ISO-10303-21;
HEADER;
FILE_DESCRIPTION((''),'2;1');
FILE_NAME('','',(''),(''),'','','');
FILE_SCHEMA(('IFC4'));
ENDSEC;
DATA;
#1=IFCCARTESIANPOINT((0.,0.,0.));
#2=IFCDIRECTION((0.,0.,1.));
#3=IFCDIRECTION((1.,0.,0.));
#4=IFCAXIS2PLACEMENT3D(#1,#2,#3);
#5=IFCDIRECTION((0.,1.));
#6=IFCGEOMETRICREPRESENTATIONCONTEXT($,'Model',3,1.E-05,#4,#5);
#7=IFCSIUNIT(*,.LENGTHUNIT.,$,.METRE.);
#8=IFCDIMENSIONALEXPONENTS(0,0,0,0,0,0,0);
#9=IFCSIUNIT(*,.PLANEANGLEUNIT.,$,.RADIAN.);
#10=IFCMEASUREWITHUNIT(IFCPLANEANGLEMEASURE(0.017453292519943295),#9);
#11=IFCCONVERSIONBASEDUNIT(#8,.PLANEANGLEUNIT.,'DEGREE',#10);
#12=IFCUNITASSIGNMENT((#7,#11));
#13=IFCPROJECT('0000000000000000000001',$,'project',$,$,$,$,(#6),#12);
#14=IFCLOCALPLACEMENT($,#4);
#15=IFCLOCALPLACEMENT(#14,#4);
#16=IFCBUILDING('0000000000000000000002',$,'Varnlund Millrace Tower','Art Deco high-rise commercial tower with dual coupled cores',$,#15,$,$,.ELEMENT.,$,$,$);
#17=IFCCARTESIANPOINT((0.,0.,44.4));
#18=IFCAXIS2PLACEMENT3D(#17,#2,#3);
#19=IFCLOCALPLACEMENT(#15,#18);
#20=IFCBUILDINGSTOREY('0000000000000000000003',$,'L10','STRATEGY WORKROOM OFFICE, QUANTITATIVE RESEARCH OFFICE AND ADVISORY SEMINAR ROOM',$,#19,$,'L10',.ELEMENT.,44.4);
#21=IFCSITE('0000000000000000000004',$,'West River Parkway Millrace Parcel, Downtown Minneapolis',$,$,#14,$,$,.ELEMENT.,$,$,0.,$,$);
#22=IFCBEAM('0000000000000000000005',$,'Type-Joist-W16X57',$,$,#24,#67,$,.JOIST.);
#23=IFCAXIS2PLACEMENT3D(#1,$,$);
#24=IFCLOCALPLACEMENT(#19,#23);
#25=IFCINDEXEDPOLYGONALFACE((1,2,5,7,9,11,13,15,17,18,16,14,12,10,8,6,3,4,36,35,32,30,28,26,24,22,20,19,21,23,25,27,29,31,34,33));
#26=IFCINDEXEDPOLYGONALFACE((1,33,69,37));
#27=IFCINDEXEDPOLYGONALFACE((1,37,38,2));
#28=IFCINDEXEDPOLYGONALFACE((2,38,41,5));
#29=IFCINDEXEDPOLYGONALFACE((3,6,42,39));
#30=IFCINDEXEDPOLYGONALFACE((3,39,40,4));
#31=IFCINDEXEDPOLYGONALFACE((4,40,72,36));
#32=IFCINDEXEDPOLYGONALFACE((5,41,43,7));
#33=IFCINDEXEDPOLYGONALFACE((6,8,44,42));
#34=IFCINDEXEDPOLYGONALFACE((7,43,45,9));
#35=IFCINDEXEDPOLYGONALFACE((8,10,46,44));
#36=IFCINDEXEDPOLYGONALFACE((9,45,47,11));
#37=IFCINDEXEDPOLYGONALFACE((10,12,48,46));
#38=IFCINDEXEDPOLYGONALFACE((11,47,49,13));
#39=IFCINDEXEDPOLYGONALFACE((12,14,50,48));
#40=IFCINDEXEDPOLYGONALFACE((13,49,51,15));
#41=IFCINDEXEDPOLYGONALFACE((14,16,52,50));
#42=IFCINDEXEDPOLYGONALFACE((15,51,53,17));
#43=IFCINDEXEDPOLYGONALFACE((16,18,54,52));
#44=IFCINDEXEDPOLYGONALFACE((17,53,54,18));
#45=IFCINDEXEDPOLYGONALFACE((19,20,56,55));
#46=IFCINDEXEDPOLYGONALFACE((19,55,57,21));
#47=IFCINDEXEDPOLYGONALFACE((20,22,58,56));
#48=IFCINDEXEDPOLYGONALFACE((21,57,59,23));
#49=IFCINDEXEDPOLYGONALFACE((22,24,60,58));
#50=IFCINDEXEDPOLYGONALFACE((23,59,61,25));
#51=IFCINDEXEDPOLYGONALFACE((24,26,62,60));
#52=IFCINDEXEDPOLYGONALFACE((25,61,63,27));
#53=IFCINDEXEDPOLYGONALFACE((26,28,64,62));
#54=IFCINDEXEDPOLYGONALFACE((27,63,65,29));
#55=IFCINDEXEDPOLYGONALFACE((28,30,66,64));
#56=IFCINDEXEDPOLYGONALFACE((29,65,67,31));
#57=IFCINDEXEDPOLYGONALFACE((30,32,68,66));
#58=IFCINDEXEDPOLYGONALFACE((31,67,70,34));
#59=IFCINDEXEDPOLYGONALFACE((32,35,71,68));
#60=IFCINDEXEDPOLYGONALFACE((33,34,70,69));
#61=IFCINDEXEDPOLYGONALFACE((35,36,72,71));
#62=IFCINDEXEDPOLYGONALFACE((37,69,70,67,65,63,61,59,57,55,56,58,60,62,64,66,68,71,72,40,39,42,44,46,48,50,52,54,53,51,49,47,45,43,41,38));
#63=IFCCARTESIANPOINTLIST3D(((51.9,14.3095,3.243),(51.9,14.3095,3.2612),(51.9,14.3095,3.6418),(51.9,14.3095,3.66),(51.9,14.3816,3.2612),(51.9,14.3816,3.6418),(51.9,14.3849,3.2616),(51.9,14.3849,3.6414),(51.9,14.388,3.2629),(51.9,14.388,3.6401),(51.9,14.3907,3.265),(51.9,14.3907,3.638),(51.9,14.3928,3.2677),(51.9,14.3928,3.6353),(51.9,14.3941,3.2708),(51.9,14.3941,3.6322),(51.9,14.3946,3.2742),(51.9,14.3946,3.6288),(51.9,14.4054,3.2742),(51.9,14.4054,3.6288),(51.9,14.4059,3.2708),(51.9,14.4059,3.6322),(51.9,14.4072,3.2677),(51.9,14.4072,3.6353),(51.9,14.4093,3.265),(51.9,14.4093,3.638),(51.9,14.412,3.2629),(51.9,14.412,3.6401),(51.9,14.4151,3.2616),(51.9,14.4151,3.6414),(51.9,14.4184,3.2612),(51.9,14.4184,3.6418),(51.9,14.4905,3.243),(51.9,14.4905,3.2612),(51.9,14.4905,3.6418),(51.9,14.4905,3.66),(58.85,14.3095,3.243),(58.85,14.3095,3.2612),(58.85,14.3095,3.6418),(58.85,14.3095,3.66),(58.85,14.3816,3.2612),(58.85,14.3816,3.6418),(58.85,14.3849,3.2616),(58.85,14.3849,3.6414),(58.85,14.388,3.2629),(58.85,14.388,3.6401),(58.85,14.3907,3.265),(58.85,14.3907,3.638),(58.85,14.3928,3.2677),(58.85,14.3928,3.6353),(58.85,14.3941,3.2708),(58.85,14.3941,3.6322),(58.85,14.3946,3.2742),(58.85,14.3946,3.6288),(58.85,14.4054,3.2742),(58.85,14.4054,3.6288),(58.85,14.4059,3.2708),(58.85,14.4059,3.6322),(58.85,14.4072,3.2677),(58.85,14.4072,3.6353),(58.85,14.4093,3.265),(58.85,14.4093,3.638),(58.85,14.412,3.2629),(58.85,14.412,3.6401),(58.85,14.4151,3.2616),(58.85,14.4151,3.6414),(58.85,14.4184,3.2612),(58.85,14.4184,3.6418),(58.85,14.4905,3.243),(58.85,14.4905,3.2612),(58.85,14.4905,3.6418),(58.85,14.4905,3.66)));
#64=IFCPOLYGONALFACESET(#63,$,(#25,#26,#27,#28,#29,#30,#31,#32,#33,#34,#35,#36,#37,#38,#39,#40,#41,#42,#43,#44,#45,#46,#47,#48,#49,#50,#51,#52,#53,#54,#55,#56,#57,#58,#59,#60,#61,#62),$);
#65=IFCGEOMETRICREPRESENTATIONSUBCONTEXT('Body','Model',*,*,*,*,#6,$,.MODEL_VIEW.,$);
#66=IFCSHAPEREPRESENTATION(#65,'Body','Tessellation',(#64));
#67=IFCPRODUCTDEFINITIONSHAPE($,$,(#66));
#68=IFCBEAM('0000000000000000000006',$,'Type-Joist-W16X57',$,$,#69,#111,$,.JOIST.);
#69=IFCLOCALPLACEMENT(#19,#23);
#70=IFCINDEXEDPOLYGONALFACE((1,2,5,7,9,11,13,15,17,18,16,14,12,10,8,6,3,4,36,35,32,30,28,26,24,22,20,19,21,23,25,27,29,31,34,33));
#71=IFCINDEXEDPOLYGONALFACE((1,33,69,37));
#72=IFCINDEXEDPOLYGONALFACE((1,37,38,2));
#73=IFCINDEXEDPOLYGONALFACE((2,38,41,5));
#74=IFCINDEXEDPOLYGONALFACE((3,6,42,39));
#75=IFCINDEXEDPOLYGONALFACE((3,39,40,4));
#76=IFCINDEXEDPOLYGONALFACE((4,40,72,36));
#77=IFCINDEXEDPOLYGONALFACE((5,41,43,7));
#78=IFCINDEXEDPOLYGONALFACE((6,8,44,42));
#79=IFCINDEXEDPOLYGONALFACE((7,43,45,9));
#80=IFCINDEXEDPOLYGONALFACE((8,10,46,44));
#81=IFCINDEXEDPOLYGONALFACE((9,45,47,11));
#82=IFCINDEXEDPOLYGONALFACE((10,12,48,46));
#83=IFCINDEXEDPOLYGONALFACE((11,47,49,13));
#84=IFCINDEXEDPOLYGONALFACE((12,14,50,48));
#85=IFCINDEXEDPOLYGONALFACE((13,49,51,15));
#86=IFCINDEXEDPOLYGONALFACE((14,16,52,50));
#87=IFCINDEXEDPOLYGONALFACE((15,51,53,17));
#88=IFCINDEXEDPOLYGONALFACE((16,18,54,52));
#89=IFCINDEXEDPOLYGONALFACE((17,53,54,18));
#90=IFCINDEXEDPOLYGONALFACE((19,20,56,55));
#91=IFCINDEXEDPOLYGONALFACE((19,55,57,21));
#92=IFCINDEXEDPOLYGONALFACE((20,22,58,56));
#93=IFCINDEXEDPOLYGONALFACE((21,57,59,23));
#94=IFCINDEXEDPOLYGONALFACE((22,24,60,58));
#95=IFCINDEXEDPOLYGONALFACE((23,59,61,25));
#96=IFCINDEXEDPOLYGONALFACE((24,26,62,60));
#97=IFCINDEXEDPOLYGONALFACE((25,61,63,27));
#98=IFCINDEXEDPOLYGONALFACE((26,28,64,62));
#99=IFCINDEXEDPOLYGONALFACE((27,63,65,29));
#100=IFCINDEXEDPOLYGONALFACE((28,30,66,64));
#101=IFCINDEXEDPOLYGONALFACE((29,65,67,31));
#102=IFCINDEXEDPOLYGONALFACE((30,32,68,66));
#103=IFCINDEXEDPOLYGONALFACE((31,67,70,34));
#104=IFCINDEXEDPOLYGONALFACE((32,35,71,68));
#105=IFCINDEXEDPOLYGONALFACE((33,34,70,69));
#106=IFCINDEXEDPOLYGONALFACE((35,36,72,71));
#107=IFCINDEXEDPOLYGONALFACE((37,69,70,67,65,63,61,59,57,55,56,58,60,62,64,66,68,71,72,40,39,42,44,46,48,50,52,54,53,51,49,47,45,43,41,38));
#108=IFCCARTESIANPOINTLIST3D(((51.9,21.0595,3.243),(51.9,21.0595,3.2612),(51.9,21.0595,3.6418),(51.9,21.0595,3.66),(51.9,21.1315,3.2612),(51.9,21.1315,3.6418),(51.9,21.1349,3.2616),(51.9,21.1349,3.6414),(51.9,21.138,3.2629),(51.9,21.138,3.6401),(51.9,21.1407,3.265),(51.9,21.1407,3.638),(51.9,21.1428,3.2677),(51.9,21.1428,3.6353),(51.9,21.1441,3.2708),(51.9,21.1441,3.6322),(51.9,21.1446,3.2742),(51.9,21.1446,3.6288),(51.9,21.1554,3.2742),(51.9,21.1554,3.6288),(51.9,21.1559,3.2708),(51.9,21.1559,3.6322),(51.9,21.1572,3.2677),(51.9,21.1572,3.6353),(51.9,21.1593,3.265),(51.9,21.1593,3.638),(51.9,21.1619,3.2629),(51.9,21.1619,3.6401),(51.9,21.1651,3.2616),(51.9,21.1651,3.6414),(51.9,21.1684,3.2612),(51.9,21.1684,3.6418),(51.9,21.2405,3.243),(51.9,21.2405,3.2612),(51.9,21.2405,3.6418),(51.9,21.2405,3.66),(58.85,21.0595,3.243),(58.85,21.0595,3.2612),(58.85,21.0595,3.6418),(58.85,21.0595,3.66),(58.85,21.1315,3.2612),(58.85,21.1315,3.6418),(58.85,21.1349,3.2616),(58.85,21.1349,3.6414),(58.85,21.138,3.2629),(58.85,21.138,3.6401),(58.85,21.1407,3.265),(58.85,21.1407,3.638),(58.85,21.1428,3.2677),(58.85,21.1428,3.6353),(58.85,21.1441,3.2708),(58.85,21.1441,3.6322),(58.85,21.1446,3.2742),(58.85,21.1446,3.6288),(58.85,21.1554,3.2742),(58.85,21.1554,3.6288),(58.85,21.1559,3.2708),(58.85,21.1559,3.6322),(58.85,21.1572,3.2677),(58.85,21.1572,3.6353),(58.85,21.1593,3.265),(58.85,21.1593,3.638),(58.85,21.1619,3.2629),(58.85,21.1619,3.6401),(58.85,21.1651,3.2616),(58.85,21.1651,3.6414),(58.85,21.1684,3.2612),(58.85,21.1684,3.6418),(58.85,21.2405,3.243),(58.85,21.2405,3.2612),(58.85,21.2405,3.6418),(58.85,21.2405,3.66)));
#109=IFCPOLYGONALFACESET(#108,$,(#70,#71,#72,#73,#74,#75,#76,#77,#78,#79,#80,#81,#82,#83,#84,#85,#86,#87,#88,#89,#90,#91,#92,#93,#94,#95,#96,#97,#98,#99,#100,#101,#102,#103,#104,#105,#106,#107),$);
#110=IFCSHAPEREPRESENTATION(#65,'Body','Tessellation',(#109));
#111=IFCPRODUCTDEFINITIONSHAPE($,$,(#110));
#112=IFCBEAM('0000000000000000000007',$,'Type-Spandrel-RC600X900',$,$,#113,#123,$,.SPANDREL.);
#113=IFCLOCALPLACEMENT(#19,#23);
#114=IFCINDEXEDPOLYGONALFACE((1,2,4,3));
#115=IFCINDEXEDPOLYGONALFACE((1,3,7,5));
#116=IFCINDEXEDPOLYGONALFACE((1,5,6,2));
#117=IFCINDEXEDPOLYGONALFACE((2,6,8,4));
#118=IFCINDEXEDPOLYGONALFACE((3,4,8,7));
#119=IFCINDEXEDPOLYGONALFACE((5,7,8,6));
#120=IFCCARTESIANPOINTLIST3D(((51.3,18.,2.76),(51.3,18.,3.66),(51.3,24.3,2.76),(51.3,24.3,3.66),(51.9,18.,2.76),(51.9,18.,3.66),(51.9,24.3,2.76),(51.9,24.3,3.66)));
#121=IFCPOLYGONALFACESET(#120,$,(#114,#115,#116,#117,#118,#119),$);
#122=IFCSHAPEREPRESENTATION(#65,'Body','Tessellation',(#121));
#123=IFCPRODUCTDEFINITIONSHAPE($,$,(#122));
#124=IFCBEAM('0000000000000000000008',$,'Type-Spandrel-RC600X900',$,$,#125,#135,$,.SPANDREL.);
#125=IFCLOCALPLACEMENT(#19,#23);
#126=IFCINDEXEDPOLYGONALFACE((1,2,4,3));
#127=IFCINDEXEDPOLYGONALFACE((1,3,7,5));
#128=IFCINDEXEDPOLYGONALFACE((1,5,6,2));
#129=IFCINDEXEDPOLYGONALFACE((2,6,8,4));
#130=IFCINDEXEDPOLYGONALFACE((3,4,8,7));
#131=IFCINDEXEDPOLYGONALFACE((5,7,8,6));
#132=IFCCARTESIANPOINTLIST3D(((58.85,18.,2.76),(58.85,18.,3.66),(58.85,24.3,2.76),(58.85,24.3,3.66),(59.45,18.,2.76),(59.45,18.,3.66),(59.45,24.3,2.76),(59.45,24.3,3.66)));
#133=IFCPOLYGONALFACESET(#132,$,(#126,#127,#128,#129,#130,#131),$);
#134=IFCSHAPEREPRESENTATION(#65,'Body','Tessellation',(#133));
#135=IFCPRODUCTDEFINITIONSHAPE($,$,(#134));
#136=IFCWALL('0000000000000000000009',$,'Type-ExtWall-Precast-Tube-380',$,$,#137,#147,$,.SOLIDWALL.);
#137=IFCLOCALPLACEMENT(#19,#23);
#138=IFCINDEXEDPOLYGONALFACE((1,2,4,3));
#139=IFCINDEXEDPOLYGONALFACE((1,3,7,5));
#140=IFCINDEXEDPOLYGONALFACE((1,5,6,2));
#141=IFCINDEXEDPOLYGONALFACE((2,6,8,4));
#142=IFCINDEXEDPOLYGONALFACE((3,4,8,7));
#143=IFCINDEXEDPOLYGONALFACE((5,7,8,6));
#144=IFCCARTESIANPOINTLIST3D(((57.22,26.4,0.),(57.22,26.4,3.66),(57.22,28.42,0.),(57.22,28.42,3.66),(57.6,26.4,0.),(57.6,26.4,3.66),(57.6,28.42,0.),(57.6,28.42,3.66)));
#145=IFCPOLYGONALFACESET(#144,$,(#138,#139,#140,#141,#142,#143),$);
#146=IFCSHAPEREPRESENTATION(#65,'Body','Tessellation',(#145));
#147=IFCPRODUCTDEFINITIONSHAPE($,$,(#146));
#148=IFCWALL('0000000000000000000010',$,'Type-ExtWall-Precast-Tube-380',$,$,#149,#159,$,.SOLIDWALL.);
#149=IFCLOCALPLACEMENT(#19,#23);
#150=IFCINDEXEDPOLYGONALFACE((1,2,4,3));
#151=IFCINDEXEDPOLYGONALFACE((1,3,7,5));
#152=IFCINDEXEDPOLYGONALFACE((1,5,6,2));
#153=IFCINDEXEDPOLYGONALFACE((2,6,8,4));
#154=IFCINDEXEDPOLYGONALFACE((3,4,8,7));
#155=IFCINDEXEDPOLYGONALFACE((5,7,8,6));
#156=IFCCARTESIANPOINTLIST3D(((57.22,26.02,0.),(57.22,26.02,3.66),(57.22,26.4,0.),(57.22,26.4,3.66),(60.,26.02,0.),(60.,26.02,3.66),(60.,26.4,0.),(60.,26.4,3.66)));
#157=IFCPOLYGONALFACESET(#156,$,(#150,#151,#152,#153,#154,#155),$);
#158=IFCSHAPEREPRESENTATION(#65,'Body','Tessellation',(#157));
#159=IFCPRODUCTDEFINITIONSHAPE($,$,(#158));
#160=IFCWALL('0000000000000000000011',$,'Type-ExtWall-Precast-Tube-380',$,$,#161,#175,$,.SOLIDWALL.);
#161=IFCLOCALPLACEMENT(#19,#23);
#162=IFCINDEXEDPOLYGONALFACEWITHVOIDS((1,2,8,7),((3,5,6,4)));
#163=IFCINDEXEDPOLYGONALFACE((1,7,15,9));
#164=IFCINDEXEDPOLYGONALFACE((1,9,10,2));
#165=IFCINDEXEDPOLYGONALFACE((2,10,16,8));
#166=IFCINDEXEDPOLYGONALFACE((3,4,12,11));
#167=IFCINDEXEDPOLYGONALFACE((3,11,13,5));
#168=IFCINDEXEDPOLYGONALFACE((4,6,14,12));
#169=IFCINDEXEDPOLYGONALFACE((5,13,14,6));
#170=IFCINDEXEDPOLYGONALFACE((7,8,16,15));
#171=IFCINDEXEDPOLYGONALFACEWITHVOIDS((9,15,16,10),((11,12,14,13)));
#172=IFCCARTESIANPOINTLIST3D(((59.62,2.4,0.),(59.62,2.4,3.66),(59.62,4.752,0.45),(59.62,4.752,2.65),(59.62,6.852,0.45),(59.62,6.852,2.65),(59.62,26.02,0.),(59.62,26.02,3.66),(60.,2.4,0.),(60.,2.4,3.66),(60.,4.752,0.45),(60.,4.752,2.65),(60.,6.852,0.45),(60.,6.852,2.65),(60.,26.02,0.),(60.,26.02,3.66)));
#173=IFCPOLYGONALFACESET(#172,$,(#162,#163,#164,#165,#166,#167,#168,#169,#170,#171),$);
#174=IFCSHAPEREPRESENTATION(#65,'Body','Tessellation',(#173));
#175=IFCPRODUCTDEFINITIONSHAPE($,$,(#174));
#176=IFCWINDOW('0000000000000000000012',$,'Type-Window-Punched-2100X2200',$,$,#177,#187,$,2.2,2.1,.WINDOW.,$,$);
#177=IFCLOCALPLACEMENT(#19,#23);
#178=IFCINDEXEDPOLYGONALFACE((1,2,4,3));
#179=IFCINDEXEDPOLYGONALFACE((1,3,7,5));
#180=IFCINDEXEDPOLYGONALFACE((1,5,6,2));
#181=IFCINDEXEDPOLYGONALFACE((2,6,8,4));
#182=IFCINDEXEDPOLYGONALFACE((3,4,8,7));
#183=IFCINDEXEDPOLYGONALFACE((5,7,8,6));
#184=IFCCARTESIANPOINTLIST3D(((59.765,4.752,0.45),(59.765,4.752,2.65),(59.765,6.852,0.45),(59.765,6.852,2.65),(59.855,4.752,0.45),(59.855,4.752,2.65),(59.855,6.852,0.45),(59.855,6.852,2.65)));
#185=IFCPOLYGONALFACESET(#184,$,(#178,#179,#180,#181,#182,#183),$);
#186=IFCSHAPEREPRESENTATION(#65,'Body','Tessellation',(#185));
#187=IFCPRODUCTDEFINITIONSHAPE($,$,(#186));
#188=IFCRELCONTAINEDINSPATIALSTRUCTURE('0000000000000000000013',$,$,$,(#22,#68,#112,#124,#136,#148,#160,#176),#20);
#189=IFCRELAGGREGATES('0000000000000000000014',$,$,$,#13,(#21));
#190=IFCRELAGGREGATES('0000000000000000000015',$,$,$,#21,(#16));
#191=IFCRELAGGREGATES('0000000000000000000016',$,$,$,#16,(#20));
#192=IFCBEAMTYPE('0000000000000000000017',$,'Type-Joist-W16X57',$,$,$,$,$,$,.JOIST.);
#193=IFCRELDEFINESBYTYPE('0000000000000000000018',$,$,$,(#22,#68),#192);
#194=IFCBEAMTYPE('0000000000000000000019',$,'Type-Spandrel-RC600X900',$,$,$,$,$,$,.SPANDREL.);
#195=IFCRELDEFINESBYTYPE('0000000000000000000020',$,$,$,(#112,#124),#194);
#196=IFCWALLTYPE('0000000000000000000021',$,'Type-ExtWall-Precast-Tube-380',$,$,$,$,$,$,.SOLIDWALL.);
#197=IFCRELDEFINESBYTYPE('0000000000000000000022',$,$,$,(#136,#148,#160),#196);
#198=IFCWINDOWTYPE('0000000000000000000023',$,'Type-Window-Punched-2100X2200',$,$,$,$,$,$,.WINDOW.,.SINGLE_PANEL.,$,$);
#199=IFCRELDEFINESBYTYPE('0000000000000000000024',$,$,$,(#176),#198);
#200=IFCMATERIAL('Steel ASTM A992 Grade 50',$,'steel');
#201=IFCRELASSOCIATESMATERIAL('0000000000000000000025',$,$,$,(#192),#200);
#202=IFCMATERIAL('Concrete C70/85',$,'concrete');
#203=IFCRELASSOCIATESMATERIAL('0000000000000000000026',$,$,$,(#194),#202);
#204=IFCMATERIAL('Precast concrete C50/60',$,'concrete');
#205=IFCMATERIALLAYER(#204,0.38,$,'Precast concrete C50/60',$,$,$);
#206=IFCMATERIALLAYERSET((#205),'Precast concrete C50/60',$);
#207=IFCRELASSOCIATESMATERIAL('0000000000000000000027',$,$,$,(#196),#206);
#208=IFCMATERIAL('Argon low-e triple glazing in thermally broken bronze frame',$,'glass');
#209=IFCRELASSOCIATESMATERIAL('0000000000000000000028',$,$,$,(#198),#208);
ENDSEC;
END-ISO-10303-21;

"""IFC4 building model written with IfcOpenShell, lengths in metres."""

from ifc_helpers import new_model, entity, si_unit, converted_unit, direction, frame, origin_with_axes, origin_2d_with_axis, place, context, subcontext, project, spatial, polyline, rectangle, i_section, outline, extrude, material, layer, layer_set, material_profile, profile_set, type_object, element, fill, save


model = new_model("IFC4")

# Units and contexts
model_context = context("Model", 3, precision=1e-05, world=origin_with_axes(), true_north=direction((0.0, 1.0)))
body_context = subcontext(model_context, "Body", "Model", "MODEL_VIEW")
ifc_project = project(units=[si_unit("LENGTHUNIT", "METRE"), converted_unit("PLANEANGLEUNIT", "DEGREE", entity("IfcPlaneAngleMeasure", 0.017453292519943295), si_unit("PLANEANGLEUNIT", "RADIAN"), dimensions=[0, 0, 0, 0, 0, 0, 0])], contexts=[model_context])

# Site, building, storey
site_placement = place(None, origin_with_axes())
site = spatial("IfcSite", under=ifc_project, at=site_placement, Name="West River Parkway Millrace Parcel, Downtown Minneapolis", CompositionType="ELEMENT", RefElevation=0.0)
building_placement = place(site_placement, origin_with_axes())
building = spatial("IfcBuilding", under=site, at=building_placement, Name="Varnlund Millrace Tower", Description="Art Deco high-rise commercial tower with dual coupled cores", CompositionType="ELEMENT")
storey_placement = place(building_placement, frame((0.0, 0.0, 44.4), z_axis=(0.0, 0.0, 1.0), x_axis=(1.0, 0.0, 0.0)))
storey = spatial("IfcBuildingStorey", under=building, at=storey_placement, Name="L10", Description="STRATEGY WORKROOM OFFICE, QUANTITATIVE RESEARCH OFFICE AND ADVISORY SEMINAR ROOM", LongName="L10", CompositionType="ELEMENT", Elevation=44.4)

# Beams
ifc_material_1 = material(Name="Steel ASTM A992 Grade 50", Category="steel")
ifc_material_profile_1 = material_profile(ifc_material_1, i_section(OverallWidth=0.181, OverallDepth=0.417, WebThickness=0.0109, FlangeThickness=0.0182, FilletRadius=0.013, at=origin_2d_with_axis()), Name="Steel ASTM A992 Grade 50")
ifc_profile_set_1 = profile_set([ifc_material_profile_1], Name="Steel ASTM A992 Grade 50")
beam_type_1 = type_object("IfcBeamType", Name="Type-Joist-W16X57", PredefinedType="JOIST", material=ifc_profile_set_1)
for number, where, z_axis, x_axis, name in (
    (1, (51.9, 14.4, 3.4515), (1.0, 0.0, 0.0), (0.0, 1.0, 0.0), "Type-Joist-W16X57"),
    (2, (51.9, 21.15, 3.4515), (1.0, 0.0, 0.0), (0.0, 1.0, 0.0), "Type-Joist-W16X57"),
):
    element("IfcBeam", number, at=place(storey_placement, frame(where, z_axis=z_axis, x_axis=x_axis)), inside=storey, type_object=beam_type_1, Name=name, PredefinedType="JOIST", context=body_context, shape_type="SweptSolid", body=[
        extrude(i_section(OverallWidth=0.181, OverallDepth=0.417, WebThickness=0.0109, FlangeThickness=0.0182, FilletRadius=0.013, at=origin_2d_with_axis()), origin_with_axes(), (0.0, 0.0, 1.0), 6.95),
    ])
ifc_material_2 = material(Name="Concrete C70/85", Category="concrete")
ifc_material_profile_2 = material_profile(ifc_material_2, rectangle(XDim=0.6, YDim=0.9, at=origin_2d_with_axis()), Name="Concrete C70/85")
ifc_profile_set_2 = profile_set([ifc_material_profile_2], Name="Concrete C70/85")
beam_type_2 = type_object("IfcBeamType", Name="Type-Spandrel-RC600X900", PredefinedType="SPANDREL", material=ifc_profile_set_2)
for number, where, z_axis, x_axis, name in (
    (3, (51.6, 18.0, 3.21), (0.0, 1.0, 0.0), (-1.0, 0.0, 0.0), "Type-Spandrel-RC600X900"),
    (4, (59.15, 18.0, 3.21), (0.0, 1.0, 0.0), (-1.0, 0.0, 0.0), "Type-Spandrel-RC600X900"),
):
    element("IfcBeam", number, at=place(storey_placement, frame(where, z_axis=z_axis, x_axis=x_axis)), inside=storey, type_object=beam_type_2, Name=name, PredefinedType="SPANDREL", context=body_context, shape_type="SweptSolid", body=[
        extrude(rectangle(XDim=0.6, YDim=0.9, at=origin_2d_with_axis()), origin_with_axes(), (0.0, 0.0, 1.0), 6.3),
    ])

# Walls
ifc_material_3 = material(Name="Precast concrete C50/60", Category="concrete")
ifc_layer_1 = layer(ifc_material_3, 0.38, Name="Precast concrete C50/60")
ifc_layer_set_1 = layer_set([ifc_layer_1], Name="Precast concrete C50/60")
wall_type_1 = type_object("IfcWallType", Name="Type-ExtWall-Precast-Tube-380", PredefinedType="SOLIDWALL", material=ifc_layer_set_1)
wall_1_placement = place(storey_placement, frame((57.41, 28.42, 0.0), z_axis=(0.0, 0.0, 1.0), x_axis=(0.0, -1.0, 0.0)))
element("IfcWall", 5, at=wall_1_placement, inside=storey, type_object=wall_type_1, Name="Type-ExtWall-Precast-Tube-380", PredefinedType="SOLIDWALL", context=body_context, shape_type="SweptSolid", body=[
    extrude(outline(polyline([(0.0, -0.19), (2.02, -0.19), (2.02, 0.19), (0.0, 0.19), (0.0, -0.19)])), origin_with_axes(), (0.0, 0.0, 1.0), 3.66),
])
wall_2_placement = place(storey_placement, frame((57.22, 26.21, 0.0), z_axis=(0.0, 0.0, 1.0), x_axis=(1.0, 0.0, 0.0)))
element("IfcWall", 6, at=wall_2_placement, inside=storey, type_object=wall_type_1, Name="Type-ExtWall-Precast-Tube-380", PredefinedType="SOLIDWALL", context=body_context, shape_type="SweptSolid", body=[
    extrude(outline(polyline([(0.0, -0.19), (2.78, -0.19), (2.78, 0.19), (0.0, 0.19), (0.0, -0.19)])), origin_with_axes(), (0.0, 0.0, 1.0), 3.66),
])

# Wall, opening, window
wall_3_placement = place(storey_placement, frame((59.81, 26.02, 0.0), z_axis=(0.0, 0.0, 1.0), x_axis=(0.0, -1.0, 0.0)))
wall_3 = element("IfcWall", 7, at=wall_3_placement, inside=storey, type_object=wall_type_1, Name="Type-ExtWall-Precast-Tube-380", PredefinedType="SOLIDWALL", context=body_context, shape_type="SweptSolid", body=[
    extrude(outline(polyline([(0.0, -0.19), (23.62, -0.19), (23.62, 0.19), (0.0, 0.19), (0.0, -0.19)])), origin_with_axes(), (0.0, 0.0, 1.0), 3.66),
])
opening_placement = place(wall_3_placement, frame((20.218, 0.0, 0.45), z_axis=(0.0, 0.0, 1.0), x_axis=(1.0, 0.0, 0.0)))
opening = element("IfcOpeningElement", 8, at=opening_placement, cuts=wall_3, PredefinedType="OPENING", context=body_context, shape_type="SweptSolid", body=[
    extrude(rectangle(XDim=2.1, YDim=0.4, at=origin_2d_with_axis()), origin_with_axes(), (0.0, 0.0, 1.0), 2.2),
])
ifc_material_4 = material(Name="Argon low-e triple glazing in thermally broken bronze frame", Category="glass")
window_type = type_object("IfcWindowType", Name="Type-Window-Punched-2100X2200", PartitioningType="SINGLE_PANEL", PredefinedType="WINDOW", material=ifc_material_4)
window_placement = place(wall_3_placement, frame((20.218, 0.0, 0.45), z_axis=(0.0, 0.0, 1.0), x_axis=(1.0, 0.0, 0.0)))
window = element("IfcWindow", 9, at=window_placement, inside=storey, type_object=window_type, Name="Type-Window-Punched-2100X2200", OverallHeight=2.2, OverallWidth=2.1, PredefinedType="WINDOW", context=body_context, shape_type="SweptSolid", body=[
    extrude(rectangle(XDim=2.1, YDim=0.09, at=origin_2d_with_axis()), origin_with_axes(), (0.0, 0.0, 1.0), 2.2),
])
fill(opening, window)

save(model, "model.ifc")
